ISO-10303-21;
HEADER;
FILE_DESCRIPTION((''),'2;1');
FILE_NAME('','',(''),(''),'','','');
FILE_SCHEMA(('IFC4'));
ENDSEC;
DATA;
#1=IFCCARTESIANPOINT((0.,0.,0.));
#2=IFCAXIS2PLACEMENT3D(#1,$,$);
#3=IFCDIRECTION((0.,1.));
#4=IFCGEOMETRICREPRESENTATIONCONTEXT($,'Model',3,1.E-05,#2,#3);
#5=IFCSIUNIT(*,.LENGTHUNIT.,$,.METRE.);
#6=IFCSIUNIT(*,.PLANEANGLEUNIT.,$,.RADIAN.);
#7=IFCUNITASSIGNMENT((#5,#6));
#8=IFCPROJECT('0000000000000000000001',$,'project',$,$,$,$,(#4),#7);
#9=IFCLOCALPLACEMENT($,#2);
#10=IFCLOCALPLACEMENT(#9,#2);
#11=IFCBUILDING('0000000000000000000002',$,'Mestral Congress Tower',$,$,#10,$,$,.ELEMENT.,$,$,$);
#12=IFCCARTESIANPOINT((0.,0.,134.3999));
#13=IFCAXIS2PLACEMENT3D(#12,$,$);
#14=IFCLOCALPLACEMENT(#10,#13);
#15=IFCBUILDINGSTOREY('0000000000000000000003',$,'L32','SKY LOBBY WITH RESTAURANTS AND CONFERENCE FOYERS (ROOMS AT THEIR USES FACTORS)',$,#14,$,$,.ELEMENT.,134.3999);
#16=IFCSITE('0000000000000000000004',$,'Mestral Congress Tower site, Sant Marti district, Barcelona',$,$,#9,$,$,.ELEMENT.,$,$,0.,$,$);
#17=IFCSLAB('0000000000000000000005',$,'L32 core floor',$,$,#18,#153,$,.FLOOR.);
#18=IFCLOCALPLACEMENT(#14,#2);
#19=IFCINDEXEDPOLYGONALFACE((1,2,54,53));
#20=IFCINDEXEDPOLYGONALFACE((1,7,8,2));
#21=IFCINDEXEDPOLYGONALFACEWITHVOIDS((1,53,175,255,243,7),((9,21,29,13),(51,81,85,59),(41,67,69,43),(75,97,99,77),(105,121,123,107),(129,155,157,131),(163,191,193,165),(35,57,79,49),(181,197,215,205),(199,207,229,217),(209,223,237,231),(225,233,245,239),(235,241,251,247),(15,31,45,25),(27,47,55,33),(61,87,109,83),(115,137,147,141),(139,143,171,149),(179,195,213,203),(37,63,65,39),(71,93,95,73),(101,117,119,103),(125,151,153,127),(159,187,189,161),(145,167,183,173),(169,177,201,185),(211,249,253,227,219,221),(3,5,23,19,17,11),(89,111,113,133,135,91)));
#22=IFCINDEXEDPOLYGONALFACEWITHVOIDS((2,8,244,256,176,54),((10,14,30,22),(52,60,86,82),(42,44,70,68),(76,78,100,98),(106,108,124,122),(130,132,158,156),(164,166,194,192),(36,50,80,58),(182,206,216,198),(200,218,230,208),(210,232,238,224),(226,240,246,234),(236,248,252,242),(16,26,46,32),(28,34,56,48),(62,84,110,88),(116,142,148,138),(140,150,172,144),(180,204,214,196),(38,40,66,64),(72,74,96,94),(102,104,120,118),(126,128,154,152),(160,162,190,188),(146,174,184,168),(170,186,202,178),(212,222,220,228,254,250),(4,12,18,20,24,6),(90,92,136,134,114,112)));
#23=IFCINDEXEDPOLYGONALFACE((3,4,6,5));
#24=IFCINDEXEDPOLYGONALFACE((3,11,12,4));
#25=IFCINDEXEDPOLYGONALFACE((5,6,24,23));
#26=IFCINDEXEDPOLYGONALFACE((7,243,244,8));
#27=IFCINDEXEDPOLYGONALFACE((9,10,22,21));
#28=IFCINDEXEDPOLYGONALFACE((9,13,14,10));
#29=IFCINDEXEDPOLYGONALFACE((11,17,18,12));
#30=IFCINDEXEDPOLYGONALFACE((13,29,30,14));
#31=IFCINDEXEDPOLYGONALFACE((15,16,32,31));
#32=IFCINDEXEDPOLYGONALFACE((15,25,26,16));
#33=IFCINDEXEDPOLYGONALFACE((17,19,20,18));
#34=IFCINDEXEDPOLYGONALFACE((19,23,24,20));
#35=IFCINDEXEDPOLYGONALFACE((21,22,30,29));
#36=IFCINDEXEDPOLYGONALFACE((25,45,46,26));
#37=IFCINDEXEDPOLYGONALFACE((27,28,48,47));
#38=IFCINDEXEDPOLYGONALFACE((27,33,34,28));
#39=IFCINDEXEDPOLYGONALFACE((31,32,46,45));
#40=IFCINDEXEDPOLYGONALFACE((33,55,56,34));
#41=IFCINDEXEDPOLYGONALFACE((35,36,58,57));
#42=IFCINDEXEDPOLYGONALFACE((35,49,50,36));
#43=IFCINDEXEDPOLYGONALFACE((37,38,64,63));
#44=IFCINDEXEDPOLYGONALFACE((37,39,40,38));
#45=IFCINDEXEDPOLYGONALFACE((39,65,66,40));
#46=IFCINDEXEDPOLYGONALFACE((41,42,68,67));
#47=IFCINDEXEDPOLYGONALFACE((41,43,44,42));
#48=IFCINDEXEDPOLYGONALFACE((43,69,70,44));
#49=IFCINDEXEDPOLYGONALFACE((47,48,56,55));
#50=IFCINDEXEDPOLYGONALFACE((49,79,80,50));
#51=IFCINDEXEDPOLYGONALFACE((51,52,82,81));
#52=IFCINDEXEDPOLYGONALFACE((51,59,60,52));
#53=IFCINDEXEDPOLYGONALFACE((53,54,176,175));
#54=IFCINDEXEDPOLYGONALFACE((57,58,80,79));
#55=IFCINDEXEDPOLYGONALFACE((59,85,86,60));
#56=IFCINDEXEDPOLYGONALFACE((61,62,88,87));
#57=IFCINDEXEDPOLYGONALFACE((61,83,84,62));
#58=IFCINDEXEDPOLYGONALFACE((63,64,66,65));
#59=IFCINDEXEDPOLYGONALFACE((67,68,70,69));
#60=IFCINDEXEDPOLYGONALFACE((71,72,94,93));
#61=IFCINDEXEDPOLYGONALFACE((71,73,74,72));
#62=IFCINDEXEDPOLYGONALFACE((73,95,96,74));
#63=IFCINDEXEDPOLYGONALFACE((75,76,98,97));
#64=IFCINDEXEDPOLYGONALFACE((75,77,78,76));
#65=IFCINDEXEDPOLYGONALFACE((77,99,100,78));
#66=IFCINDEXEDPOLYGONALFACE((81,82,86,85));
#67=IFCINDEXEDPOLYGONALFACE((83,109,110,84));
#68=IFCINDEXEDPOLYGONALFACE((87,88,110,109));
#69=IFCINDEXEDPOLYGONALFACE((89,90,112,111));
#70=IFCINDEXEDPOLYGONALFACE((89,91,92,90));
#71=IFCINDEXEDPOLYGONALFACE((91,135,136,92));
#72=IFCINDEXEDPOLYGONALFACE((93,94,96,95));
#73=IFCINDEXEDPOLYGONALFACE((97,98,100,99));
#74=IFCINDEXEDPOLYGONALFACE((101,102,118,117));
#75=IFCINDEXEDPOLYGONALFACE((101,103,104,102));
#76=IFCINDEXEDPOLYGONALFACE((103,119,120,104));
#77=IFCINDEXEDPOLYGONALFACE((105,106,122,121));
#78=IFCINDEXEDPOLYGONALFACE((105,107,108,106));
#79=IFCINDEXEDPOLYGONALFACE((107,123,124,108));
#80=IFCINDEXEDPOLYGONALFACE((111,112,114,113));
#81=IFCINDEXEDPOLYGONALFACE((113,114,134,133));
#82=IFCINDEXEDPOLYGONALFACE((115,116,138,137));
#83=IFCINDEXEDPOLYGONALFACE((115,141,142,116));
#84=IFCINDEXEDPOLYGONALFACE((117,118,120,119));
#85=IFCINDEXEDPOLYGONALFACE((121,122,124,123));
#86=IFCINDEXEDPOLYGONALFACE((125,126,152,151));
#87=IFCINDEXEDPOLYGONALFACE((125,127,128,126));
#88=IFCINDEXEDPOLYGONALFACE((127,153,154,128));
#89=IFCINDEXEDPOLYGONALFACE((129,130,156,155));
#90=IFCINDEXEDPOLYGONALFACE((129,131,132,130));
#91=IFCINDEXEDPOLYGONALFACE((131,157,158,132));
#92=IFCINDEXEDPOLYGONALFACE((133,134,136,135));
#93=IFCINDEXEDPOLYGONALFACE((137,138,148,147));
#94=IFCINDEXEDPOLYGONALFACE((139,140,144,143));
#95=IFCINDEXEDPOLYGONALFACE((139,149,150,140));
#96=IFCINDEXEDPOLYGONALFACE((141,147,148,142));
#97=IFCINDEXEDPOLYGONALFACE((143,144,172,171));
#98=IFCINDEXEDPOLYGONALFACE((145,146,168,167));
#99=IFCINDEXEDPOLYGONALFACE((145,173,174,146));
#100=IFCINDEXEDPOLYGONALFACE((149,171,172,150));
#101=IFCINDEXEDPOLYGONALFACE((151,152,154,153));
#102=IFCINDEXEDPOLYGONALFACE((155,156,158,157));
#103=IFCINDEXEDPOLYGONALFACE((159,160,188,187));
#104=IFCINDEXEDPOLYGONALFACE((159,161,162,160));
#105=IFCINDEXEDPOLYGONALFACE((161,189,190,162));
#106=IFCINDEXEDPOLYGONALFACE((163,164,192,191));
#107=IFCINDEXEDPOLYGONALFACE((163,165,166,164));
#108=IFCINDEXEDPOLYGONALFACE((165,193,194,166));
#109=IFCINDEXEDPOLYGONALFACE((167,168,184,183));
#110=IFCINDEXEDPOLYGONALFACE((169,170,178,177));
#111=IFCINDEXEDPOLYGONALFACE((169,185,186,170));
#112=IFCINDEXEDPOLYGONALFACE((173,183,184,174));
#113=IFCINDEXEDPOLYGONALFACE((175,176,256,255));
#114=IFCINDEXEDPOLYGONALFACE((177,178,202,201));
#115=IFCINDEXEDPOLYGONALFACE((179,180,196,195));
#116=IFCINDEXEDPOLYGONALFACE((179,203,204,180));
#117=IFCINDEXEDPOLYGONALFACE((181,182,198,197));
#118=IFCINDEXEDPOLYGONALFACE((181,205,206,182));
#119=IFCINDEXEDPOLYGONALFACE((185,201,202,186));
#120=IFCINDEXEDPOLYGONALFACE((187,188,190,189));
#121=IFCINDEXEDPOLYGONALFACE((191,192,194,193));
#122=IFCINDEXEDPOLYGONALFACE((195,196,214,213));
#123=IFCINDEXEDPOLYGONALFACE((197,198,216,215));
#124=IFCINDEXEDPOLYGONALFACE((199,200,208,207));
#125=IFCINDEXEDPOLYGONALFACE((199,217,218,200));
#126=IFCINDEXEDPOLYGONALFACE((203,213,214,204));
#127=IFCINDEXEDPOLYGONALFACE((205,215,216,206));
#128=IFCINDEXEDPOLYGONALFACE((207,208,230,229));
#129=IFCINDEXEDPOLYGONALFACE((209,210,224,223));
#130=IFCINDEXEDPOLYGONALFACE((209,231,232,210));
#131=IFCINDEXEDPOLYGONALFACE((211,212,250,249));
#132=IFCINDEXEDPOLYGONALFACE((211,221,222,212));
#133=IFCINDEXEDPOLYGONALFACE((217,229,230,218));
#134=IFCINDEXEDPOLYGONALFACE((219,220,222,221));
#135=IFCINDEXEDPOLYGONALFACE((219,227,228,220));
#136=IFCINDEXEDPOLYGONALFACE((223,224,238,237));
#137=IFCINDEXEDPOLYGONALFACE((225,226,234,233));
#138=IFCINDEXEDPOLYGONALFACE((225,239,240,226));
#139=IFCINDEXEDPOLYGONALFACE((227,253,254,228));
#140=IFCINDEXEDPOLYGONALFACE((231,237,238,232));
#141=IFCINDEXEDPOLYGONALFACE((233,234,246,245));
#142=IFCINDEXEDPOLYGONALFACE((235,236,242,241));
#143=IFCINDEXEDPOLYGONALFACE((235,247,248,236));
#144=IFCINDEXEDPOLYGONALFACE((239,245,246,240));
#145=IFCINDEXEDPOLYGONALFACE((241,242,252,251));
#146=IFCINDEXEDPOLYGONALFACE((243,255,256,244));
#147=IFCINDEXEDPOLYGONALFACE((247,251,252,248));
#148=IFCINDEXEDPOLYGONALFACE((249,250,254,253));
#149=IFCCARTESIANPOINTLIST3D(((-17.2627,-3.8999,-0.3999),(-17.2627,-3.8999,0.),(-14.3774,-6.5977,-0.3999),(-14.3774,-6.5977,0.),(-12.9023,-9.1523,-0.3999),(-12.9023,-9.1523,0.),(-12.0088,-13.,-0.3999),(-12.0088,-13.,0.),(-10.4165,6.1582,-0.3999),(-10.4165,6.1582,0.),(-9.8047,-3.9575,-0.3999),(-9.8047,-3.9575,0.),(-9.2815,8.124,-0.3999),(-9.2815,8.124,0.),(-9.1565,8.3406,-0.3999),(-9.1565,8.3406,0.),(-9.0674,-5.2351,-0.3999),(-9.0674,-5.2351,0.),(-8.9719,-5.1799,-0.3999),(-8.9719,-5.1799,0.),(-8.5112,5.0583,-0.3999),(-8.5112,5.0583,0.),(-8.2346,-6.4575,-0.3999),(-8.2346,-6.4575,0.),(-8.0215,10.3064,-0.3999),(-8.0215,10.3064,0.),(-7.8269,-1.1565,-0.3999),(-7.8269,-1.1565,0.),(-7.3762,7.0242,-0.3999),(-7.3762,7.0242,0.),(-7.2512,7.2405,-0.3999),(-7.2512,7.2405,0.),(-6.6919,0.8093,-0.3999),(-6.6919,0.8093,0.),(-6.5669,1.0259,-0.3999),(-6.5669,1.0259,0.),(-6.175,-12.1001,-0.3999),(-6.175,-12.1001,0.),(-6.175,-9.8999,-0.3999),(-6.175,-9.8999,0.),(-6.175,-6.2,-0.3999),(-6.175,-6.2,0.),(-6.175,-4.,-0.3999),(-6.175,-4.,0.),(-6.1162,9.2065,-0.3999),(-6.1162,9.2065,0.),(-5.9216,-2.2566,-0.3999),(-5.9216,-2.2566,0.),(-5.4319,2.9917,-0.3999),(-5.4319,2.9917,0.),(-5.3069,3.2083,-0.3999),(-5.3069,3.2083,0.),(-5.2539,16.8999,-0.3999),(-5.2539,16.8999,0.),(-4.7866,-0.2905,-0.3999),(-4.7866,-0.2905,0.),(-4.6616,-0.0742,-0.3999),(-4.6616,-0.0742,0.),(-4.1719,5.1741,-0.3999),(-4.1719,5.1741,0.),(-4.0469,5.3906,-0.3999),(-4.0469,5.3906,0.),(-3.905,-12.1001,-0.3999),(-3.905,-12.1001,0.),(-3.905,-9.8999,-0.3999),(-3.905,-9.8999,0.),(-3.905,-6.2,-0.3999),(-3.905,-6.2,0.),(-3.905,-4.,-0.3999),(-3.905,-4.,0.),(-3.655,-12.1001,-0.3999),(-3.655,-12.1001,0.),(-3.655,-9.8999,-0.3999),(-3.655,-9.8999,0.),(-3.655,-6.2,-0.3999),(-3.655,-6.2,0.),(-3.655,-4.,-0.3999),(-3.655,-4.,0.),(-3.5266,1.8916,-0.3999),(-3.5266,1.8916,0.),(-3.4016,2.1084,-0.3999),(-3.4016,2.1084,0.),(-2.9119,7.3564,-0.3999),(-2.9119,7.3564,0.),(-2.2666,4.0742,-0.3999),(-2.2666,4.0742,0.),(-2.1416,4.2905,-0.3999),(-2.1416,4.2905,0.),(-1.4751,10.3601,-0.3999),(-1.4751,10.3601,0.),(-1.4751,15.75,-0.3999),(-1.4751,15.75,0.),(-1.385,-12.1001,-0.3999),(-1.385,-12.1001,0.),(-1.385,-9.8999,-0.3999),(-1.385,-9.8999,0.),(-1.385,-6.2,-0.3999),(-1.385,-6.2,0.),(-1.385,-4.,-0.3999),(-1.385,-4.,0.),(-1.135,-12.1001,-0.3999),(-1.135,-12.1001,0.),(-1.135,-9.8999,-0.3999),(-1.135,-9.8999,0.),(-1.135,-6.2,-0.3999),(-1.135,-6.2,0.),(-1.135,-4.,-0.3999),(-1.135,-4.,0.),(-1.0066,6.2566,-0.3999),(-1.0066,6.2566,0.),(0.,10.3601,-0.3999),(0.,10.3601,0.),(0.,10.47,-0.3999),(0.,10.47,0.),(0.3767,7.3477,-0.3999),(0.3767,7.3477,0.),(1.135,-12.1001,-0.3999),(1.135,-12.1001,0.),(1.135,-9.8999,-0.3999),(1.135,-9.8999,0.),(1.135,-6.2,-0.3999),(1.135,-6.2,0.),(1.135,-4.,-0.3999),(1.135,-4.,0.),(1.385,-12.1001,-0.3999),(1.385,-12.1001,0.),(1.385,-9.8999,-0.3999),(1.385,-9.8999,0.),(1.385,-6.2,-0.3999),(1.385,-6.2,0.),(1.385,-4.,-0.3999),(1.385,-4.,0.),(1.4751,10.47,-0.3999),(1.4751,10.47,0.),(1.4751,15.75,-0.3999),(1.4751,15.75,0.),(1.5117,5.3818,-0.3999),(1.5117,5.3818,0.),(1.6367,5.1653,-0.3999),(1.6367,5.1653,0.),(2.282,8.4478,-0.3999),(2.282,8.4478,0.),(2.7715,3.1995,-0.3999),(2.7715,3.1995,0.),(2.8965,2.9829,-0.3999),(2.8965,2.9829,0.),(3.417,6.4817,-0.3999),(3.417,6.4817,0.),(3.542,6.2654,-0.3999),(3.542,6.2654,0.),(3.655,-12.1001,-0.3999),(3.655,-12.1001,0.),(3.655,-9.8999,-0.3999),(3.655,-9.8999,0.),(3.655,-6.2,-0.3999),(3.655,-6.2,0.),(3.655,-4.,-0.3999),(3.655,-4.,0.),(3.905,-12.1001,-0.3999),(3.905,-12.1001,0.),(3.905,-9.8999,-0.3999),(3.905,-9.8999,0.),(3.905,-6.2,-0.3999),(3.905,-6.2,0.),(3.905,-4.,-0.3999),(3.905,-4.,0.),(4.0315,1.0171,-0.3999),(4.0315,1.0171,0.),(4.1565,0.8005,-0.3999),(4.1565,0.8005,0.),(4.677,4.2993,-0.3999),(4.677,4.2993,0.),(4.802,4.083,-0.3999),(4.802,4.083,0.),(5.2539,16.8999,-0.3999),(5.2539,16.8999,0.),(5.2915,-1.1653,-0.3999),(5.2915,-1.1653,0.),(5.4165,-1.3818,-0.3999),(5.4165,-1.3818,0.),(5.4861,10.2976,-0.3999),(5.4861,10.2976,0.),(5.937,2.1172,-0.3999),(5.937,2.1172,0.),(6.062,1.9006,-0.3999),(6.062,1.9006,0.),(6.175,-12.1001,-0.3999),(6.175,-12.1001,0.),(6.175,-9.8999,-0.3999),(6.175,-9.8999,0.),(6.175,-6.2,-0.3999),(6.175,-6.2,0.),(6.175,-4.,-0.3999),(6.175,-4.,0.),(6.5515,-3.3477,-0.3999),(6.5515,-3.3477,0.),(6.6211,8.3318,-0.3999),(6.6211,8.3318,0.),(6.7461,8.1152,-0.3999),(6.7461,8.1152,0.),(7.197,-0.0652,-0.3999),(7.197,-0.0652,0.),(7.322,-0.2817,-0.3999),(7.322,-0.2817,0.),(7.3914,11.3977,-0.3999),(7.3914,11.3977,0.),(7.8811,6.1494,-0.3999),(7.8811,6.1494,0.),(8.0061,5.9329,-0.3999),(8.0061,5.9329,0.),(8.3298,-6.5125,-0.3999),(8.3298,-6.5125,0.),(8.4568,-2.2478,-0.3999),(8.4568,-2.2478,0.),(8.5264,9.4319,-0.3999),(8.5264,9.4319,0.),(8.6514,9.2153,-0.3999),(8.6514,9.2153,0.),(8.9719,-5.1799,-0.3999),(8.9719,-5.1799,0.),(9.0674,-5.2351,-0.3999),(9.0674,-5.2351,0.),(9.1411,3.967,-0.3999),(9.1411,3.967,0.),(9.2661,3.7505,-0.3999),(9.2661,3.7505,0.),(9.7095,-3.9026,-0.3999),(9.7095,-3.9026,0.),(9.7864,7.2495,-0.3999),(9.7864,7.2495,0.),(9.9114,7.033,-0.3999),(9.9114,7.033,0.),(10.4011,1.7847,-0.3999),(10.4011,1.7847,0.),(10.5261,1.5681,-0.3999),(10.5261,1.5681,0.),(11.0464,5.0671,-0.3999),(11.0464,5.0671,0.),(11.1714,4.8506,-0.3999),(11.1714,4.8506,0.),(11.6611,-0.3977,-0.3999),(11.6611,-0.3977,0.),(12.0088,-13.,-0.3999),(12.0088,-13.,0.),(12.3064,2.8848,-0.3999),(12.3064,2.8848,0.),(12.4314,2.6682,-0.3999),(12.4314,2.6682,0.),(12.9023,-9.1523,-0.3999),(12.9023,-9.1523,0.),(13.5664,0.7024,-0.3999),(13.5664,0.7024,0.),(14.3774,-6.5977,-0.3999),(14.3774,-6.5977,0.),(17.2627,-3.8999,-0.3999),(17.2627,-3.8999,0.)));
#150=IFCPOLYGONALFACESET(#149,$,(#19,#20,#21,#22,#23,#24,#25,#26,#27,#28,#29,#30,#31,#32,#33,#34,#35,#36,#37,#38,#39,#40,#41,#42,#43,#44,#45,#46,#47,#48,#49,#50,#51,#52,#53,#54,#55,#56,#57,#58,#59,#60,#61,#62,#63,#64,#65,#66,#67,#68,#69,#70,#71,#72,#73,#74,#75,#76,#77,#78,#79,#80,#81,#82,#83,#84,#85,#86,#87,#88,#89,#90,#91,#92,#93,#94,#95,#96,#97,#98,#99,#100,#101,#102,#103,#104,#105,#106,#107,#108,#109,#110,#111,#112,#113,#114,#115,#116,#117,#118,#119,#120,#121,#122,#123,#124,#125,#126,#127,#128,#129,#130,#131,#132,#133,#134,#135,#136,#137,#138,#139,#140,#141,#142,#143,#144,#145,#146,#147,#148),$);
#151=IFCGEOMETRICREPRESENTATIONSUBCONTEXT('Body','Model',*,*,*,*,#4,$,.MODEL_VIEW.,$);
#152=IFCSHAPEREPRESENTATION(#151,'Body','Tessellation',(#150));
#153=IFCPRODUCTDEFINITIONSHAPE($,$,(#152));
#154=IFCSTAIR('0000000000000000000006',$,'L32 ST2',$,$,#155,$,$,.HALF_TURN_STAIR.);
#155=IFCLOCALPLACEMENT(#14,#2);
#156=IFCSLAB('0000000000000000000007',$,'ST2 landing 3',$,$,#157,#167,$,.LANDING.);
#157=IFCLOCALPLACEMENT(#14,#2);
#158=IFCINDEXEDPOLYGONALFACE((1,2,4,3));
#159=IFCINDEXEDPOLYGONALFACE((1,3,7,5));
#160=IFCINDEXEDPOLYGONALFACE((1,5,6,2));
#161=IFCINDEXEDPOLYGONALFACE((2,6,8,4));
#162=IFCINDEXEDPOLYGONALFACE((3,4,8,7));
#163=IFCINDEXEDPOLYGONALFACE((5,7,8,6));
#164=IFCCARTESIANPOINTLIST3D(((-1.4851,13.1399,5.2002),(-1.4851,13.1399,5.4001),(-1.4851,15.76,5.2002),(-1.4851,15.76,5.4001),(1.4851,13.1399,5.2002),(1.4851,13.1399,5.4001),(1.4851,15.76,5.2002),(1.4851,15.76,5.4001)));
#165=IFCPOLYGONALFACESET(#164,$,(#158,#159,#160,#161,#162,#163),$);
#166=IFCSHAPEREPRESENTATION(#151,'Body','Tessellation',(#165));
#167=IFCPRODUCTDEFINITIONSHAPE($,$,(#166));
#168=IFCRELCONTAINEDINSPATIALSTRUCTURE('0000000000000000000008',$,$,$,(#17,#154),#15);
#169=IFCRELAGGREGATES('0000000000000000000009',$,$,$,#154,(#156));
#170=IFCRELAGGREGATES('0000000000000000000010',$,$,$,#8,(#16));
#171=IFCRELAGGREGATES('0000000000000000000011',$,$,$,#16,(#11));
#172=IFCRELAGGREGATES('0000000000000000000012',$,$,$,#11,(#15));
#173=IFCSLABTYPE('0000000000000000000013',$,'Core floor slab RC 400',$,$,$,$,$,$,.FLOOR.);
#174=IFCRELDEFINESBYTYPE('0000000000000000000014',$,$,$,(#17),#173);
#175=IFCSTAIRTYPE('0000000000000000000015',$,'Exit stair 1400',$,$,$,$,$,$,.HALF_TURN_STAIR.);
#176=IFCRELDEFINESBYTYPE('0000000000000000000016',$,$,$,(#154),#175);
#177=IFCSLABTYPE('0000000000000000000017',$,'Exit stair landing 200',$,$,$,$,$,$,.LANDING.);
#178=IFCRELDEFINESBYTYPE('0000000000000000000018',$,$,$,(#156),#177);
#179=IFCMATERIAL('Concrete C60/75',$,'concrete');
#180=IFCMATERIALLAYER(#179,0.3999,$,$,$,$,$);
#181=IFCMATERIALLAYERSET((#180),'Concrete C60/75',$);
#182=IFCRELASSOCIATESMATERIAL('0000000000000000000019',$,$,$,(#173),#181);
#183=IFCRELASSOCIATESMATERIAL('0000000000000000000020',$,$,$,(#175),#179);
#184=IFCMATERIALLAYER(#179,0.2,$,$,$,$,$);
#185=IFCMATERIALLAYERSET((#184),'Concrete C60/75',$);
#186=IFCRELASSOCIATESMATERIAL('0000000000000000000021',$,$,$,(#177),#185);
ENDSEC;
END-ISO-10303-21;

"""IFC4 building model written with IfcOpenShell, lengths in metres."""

from ifc_helpers import new_model, si_unit, direction, frame, origin, place, context, subcontext, project, spatial, polyline, outline, extrude, material, layer, layer_set, type_object, element, aggregate, save


model = new_model("IFC4")

# Units and contexts
model_context = context("Model", 3, precision=1e-05, world=origin(), true_north=direction((0.0, 1.0)))
body_context = subcontext(model_context, "Body", "Model", "MODEL_VIEW")
ifc_project = project(units=[si_unit("LENGTHUNIT", "METRE"), si_unit("PLANEANGLEUNIT", "RADIAN")], contexts=[model_context])

# Site, building, storey
site_placement = place(None, origin())
site = spatial("IfcSite", under=ifc_project, at=site_placement, Name="Mestral Congress Tower site, Sant Marti district, Barcelona", CompositionType="ELEMENT", RefElevation=0.0)
building_placement = place(site_placement, origin())
building = spatial("IfcBuilding", under=site, at=building_placement, Name="Mestral Congress Tower", CompositionType="ELEMENT")
storey_placement = place(building_placement, frame((0.0, 0.0, 134.3999)))
storey = spatial("IfcBuildingStorey", under=building, at=storey_placement, Name="L32", Description="SKY LOBBY WITH RESTAURANTS AND CONFERENCE FOYERS (ROOMS AT THEIR USES FACTORS)", CompositionType="ELEMENT", Elevation=134.3999)

# Shared definitions
ifc_material_1 = material(Name="Concrete C60/75", Category="concrete")

# Slab
ifc_layer_1 = layer(ifc_material_1, 0.3999)
ifc_layer_set_1 = layer_set([ifc_layer_1], Name="Concrete C60/75")
slab_type_1 = type_object("IfcSlabType", Name="Core floor slab RC 400", PredefinedType="FLOOR", material=ifc_layer_set_1)
slab_1_placement = place(storey_placement, frame((0.0, 0.0, -0.3999)))
element("IfcSlab", 1, at=slab_1_placement, inside=storey, type_object=slab_type_1, Name="L32 core floor", PredefinedType="FLOOR", context=body_context, shape_type="SweptSolid", body=[
    extrude(outline(polyline([(12.0088, -13.0), (-12.0088, -13.0), (-17.2627, -3.8999), (-5.2539, 16.8999), (5.2539, 16.8999), (17.2627, -3.8999), (12.0088, -13.0)]), holes=[polyline([(-3.905, -9.8999), (-6.175, -9.8999), (-6.175, -12.1001), (-3.905, -12.1001), (-3.905, -9.8999)]), polyline([(-1.385, -12.1001), (-1.385, -9.8999), (-3.655, -9.8999), (-3.655, -12.1001), (-1.385, -12.1001)]), polyline([(1.135, -12.1001), (1.135, -9.8999), (-1.135, -9.8999), (-1.135, -12.1001), (1.135, -12.1001)]), polyline([(-9.0674, -5.2351), (-9.8047, -3.9575), (-14.3774, -6.5977), (-12.9023, -9.1523), (-8.2346, -6.4575), (-8.9719, -5.1799), (-9.0674, -5.2351)]), polyline([(-3.905, -6.2), (-3.905, -4.0), (-6.175, -4.0), (-6.175, -6.2), (-3.905, -6.2)]), polyline([(-1.385, -6.2), (-1.385, -4.0), (-3.655, -4.0), (-3.655, -6.2), (-1.385, -6.2)]), polyline([(1.135, -6.2), (1.135, -4.0), (-1.135, -4.0), (-1.135, -6.2), (1.135, -6.2)]), polyline([(-5.9216, -2.2566), (-4.7866, -0.2905), (-6.6919, 0.8093), (-7.8269, -1.1565), (-5.9216, -2.2566)]), polyline([(-6.5669, 1.0259), (-4.6616, -0.0742), (-3.5266, 1.8916), (-5.4319, 2.9917), (-6.5669, 1.0259)]), polyline([(-5.3069, 3.2083), (-3.4016, 2.1084), (-2.2666, 4.0742), (-4.1719, 5.1741), (-5.3069, 3.2083)]), polyline([(-4.0469, 5.3906), (-2.1416, 4.2905), (-1.0066, 6.2566), (-2.9119, 7.3564), (-4.0469, 5.3906)]), polyline([(-10.4165, 6.1582), (-8.5112, 5.0583), (-7.3762, 7.0242), (-9.2815, 8.124), (-10.4165, 6.1582)]), polyline([(2.282, 8.4478), (0.3767, 7.3477), (1.5117, 5.3818), (3.417, 6.4817), (2.282, 8.4478)]), polyline([(-9.1565, 8.3406), (-7.2512, 7.2405), (-6.1162, 9.2065), (-8.0215, 10.3064), (-9.1565, 8.3406)]), polyline([(1.4751, 10.47), (1.4751, 15.75), (-1.4751, 15.75), (-1.4751, 10.3601), (0.0, 10.3601), (0.0, 10.47), (1.4751, 10.47)]), polyline([(3.655, -12.1001), (3.655, -9.8999), (1.385, -9.8999), (1.385, -12.1001), (3.655, -12.1001)]), polyline([(6.175, -12.1001), (6.175, -9.8999), (3.905, -9.8999), (3.905, -12.1001), (6.175, -12.1001)]), polyline([(9.0674, -5.2351), (8.3298, -6.5125), (12.9023, -9.1523), (14.3774, -6.5977), (9.7095, -3.9026), (8.9719, -5.1799), (9.0674, -5.2351)]), polyline([(3.655, -6.2), (3.655, -4.0), (1.385, -4.0), (1.385, -6.2), (3.655, -6.2)]), polyline([(6.175, -6.2), (6.175, -4.0), (3.905, -4.0), (3.905, -6.2), (6.175, -6.2)]), polyline([(7.322, -0.2817), (5.4165, -1.3818), (6.5515, -3.3477), (8.4568, -2.2478), (7.322, -0.2817)]), polyline([(6.062, 1.9006), (4.1565, 0.8005), (5.2915, -1.1653), (7.197, -0.0652), (6.062, 1.9006)]), polyline([(12.4314, 2.6682), (10.5261, 1.5681), (11.6611, -0.3977), (13.5664, 0.7024), (12.4314, 2.6682)]), polyline([(4.802, 4.083), (2.8965, 2.9829), (4.0315, 1.0171), (5.937, 2.1172), (4.802, 4.083)]), polyline([(11.1714, 4.8506), (9.2661, 3.7505), (10.4011, 1.7847), (12.3064, 2.8848), (11.1714, 4.8506)]), polyline([(3.542, 6.2654), (1.6367, 5.1653), (2.7715, 3.1995), (4.677, 4.2993), (3.542, 6.2654)]), polyline([(9.9114, 7.033), (8.0061, 5.9329), (9.1411, 3.967), (11.0464, 5.0671), (9.9114, 7.033)]), polyline([(8.6514, 9.2153), (6.7461, 8.1152), (7.8811, 6.1494), (9.7864, 7.2495), (8.6514, 9.2153)]), polyline([(7.3914, 11.3977), (5.4861, 10.2976), (6.6211, 8.3318), (8.5264, 9.4319), (7.3914, 11.3977)])]), origin(), (0.0, 0.0, 1.0), 0.3999),
])

# Stair, slab
stair_type = type_object("IfcStairType", Name="Exit stair 1400", PredefinedType="HALF_TURN_STAIR", material=ifc_material_1)
placement_1 = place(storey_placement, origin())
stair_1 = element("IfcStair", 2, at=placement_1, inside=storey, type_object=stair_type, Name="L32 ST2", PredefinedType="HALF_TURN_STAIR")
ifc_layer_2 = layer(ifc_material_1, 0.2)
ifc_layer_set_2 = layer_set([ifc_layer_2], Name="Concrete C60/75")
slab_type_2 = type_object("IfcSlabType", Name="Exit stair landing 200", PredefinedType="LANDING", material=ifc_layer_set_2)
placement_2 = place(storey_placement, frame((0.0, 0.0, 5.2002)))
slab_2 = element("IfcSlab", 3, at=placement_2, type_object=slab_type_2, Name="ST2 landing 3", PredefinedType="LANDING", context=body_context, shape_type="SweptSolid", body=[
    extrude(outline(polyline([(1.4851, 13.1399), (-1.4851, 13.1399), (-1.4851, 15.76), (1.4851, 15.76), (1.4851, 13.1399)])), origin(), (0.0, 0.0, 1.0), 0.2),
])

aggregate(stair_1, [slab_2])

save(model, "model.ifc")
